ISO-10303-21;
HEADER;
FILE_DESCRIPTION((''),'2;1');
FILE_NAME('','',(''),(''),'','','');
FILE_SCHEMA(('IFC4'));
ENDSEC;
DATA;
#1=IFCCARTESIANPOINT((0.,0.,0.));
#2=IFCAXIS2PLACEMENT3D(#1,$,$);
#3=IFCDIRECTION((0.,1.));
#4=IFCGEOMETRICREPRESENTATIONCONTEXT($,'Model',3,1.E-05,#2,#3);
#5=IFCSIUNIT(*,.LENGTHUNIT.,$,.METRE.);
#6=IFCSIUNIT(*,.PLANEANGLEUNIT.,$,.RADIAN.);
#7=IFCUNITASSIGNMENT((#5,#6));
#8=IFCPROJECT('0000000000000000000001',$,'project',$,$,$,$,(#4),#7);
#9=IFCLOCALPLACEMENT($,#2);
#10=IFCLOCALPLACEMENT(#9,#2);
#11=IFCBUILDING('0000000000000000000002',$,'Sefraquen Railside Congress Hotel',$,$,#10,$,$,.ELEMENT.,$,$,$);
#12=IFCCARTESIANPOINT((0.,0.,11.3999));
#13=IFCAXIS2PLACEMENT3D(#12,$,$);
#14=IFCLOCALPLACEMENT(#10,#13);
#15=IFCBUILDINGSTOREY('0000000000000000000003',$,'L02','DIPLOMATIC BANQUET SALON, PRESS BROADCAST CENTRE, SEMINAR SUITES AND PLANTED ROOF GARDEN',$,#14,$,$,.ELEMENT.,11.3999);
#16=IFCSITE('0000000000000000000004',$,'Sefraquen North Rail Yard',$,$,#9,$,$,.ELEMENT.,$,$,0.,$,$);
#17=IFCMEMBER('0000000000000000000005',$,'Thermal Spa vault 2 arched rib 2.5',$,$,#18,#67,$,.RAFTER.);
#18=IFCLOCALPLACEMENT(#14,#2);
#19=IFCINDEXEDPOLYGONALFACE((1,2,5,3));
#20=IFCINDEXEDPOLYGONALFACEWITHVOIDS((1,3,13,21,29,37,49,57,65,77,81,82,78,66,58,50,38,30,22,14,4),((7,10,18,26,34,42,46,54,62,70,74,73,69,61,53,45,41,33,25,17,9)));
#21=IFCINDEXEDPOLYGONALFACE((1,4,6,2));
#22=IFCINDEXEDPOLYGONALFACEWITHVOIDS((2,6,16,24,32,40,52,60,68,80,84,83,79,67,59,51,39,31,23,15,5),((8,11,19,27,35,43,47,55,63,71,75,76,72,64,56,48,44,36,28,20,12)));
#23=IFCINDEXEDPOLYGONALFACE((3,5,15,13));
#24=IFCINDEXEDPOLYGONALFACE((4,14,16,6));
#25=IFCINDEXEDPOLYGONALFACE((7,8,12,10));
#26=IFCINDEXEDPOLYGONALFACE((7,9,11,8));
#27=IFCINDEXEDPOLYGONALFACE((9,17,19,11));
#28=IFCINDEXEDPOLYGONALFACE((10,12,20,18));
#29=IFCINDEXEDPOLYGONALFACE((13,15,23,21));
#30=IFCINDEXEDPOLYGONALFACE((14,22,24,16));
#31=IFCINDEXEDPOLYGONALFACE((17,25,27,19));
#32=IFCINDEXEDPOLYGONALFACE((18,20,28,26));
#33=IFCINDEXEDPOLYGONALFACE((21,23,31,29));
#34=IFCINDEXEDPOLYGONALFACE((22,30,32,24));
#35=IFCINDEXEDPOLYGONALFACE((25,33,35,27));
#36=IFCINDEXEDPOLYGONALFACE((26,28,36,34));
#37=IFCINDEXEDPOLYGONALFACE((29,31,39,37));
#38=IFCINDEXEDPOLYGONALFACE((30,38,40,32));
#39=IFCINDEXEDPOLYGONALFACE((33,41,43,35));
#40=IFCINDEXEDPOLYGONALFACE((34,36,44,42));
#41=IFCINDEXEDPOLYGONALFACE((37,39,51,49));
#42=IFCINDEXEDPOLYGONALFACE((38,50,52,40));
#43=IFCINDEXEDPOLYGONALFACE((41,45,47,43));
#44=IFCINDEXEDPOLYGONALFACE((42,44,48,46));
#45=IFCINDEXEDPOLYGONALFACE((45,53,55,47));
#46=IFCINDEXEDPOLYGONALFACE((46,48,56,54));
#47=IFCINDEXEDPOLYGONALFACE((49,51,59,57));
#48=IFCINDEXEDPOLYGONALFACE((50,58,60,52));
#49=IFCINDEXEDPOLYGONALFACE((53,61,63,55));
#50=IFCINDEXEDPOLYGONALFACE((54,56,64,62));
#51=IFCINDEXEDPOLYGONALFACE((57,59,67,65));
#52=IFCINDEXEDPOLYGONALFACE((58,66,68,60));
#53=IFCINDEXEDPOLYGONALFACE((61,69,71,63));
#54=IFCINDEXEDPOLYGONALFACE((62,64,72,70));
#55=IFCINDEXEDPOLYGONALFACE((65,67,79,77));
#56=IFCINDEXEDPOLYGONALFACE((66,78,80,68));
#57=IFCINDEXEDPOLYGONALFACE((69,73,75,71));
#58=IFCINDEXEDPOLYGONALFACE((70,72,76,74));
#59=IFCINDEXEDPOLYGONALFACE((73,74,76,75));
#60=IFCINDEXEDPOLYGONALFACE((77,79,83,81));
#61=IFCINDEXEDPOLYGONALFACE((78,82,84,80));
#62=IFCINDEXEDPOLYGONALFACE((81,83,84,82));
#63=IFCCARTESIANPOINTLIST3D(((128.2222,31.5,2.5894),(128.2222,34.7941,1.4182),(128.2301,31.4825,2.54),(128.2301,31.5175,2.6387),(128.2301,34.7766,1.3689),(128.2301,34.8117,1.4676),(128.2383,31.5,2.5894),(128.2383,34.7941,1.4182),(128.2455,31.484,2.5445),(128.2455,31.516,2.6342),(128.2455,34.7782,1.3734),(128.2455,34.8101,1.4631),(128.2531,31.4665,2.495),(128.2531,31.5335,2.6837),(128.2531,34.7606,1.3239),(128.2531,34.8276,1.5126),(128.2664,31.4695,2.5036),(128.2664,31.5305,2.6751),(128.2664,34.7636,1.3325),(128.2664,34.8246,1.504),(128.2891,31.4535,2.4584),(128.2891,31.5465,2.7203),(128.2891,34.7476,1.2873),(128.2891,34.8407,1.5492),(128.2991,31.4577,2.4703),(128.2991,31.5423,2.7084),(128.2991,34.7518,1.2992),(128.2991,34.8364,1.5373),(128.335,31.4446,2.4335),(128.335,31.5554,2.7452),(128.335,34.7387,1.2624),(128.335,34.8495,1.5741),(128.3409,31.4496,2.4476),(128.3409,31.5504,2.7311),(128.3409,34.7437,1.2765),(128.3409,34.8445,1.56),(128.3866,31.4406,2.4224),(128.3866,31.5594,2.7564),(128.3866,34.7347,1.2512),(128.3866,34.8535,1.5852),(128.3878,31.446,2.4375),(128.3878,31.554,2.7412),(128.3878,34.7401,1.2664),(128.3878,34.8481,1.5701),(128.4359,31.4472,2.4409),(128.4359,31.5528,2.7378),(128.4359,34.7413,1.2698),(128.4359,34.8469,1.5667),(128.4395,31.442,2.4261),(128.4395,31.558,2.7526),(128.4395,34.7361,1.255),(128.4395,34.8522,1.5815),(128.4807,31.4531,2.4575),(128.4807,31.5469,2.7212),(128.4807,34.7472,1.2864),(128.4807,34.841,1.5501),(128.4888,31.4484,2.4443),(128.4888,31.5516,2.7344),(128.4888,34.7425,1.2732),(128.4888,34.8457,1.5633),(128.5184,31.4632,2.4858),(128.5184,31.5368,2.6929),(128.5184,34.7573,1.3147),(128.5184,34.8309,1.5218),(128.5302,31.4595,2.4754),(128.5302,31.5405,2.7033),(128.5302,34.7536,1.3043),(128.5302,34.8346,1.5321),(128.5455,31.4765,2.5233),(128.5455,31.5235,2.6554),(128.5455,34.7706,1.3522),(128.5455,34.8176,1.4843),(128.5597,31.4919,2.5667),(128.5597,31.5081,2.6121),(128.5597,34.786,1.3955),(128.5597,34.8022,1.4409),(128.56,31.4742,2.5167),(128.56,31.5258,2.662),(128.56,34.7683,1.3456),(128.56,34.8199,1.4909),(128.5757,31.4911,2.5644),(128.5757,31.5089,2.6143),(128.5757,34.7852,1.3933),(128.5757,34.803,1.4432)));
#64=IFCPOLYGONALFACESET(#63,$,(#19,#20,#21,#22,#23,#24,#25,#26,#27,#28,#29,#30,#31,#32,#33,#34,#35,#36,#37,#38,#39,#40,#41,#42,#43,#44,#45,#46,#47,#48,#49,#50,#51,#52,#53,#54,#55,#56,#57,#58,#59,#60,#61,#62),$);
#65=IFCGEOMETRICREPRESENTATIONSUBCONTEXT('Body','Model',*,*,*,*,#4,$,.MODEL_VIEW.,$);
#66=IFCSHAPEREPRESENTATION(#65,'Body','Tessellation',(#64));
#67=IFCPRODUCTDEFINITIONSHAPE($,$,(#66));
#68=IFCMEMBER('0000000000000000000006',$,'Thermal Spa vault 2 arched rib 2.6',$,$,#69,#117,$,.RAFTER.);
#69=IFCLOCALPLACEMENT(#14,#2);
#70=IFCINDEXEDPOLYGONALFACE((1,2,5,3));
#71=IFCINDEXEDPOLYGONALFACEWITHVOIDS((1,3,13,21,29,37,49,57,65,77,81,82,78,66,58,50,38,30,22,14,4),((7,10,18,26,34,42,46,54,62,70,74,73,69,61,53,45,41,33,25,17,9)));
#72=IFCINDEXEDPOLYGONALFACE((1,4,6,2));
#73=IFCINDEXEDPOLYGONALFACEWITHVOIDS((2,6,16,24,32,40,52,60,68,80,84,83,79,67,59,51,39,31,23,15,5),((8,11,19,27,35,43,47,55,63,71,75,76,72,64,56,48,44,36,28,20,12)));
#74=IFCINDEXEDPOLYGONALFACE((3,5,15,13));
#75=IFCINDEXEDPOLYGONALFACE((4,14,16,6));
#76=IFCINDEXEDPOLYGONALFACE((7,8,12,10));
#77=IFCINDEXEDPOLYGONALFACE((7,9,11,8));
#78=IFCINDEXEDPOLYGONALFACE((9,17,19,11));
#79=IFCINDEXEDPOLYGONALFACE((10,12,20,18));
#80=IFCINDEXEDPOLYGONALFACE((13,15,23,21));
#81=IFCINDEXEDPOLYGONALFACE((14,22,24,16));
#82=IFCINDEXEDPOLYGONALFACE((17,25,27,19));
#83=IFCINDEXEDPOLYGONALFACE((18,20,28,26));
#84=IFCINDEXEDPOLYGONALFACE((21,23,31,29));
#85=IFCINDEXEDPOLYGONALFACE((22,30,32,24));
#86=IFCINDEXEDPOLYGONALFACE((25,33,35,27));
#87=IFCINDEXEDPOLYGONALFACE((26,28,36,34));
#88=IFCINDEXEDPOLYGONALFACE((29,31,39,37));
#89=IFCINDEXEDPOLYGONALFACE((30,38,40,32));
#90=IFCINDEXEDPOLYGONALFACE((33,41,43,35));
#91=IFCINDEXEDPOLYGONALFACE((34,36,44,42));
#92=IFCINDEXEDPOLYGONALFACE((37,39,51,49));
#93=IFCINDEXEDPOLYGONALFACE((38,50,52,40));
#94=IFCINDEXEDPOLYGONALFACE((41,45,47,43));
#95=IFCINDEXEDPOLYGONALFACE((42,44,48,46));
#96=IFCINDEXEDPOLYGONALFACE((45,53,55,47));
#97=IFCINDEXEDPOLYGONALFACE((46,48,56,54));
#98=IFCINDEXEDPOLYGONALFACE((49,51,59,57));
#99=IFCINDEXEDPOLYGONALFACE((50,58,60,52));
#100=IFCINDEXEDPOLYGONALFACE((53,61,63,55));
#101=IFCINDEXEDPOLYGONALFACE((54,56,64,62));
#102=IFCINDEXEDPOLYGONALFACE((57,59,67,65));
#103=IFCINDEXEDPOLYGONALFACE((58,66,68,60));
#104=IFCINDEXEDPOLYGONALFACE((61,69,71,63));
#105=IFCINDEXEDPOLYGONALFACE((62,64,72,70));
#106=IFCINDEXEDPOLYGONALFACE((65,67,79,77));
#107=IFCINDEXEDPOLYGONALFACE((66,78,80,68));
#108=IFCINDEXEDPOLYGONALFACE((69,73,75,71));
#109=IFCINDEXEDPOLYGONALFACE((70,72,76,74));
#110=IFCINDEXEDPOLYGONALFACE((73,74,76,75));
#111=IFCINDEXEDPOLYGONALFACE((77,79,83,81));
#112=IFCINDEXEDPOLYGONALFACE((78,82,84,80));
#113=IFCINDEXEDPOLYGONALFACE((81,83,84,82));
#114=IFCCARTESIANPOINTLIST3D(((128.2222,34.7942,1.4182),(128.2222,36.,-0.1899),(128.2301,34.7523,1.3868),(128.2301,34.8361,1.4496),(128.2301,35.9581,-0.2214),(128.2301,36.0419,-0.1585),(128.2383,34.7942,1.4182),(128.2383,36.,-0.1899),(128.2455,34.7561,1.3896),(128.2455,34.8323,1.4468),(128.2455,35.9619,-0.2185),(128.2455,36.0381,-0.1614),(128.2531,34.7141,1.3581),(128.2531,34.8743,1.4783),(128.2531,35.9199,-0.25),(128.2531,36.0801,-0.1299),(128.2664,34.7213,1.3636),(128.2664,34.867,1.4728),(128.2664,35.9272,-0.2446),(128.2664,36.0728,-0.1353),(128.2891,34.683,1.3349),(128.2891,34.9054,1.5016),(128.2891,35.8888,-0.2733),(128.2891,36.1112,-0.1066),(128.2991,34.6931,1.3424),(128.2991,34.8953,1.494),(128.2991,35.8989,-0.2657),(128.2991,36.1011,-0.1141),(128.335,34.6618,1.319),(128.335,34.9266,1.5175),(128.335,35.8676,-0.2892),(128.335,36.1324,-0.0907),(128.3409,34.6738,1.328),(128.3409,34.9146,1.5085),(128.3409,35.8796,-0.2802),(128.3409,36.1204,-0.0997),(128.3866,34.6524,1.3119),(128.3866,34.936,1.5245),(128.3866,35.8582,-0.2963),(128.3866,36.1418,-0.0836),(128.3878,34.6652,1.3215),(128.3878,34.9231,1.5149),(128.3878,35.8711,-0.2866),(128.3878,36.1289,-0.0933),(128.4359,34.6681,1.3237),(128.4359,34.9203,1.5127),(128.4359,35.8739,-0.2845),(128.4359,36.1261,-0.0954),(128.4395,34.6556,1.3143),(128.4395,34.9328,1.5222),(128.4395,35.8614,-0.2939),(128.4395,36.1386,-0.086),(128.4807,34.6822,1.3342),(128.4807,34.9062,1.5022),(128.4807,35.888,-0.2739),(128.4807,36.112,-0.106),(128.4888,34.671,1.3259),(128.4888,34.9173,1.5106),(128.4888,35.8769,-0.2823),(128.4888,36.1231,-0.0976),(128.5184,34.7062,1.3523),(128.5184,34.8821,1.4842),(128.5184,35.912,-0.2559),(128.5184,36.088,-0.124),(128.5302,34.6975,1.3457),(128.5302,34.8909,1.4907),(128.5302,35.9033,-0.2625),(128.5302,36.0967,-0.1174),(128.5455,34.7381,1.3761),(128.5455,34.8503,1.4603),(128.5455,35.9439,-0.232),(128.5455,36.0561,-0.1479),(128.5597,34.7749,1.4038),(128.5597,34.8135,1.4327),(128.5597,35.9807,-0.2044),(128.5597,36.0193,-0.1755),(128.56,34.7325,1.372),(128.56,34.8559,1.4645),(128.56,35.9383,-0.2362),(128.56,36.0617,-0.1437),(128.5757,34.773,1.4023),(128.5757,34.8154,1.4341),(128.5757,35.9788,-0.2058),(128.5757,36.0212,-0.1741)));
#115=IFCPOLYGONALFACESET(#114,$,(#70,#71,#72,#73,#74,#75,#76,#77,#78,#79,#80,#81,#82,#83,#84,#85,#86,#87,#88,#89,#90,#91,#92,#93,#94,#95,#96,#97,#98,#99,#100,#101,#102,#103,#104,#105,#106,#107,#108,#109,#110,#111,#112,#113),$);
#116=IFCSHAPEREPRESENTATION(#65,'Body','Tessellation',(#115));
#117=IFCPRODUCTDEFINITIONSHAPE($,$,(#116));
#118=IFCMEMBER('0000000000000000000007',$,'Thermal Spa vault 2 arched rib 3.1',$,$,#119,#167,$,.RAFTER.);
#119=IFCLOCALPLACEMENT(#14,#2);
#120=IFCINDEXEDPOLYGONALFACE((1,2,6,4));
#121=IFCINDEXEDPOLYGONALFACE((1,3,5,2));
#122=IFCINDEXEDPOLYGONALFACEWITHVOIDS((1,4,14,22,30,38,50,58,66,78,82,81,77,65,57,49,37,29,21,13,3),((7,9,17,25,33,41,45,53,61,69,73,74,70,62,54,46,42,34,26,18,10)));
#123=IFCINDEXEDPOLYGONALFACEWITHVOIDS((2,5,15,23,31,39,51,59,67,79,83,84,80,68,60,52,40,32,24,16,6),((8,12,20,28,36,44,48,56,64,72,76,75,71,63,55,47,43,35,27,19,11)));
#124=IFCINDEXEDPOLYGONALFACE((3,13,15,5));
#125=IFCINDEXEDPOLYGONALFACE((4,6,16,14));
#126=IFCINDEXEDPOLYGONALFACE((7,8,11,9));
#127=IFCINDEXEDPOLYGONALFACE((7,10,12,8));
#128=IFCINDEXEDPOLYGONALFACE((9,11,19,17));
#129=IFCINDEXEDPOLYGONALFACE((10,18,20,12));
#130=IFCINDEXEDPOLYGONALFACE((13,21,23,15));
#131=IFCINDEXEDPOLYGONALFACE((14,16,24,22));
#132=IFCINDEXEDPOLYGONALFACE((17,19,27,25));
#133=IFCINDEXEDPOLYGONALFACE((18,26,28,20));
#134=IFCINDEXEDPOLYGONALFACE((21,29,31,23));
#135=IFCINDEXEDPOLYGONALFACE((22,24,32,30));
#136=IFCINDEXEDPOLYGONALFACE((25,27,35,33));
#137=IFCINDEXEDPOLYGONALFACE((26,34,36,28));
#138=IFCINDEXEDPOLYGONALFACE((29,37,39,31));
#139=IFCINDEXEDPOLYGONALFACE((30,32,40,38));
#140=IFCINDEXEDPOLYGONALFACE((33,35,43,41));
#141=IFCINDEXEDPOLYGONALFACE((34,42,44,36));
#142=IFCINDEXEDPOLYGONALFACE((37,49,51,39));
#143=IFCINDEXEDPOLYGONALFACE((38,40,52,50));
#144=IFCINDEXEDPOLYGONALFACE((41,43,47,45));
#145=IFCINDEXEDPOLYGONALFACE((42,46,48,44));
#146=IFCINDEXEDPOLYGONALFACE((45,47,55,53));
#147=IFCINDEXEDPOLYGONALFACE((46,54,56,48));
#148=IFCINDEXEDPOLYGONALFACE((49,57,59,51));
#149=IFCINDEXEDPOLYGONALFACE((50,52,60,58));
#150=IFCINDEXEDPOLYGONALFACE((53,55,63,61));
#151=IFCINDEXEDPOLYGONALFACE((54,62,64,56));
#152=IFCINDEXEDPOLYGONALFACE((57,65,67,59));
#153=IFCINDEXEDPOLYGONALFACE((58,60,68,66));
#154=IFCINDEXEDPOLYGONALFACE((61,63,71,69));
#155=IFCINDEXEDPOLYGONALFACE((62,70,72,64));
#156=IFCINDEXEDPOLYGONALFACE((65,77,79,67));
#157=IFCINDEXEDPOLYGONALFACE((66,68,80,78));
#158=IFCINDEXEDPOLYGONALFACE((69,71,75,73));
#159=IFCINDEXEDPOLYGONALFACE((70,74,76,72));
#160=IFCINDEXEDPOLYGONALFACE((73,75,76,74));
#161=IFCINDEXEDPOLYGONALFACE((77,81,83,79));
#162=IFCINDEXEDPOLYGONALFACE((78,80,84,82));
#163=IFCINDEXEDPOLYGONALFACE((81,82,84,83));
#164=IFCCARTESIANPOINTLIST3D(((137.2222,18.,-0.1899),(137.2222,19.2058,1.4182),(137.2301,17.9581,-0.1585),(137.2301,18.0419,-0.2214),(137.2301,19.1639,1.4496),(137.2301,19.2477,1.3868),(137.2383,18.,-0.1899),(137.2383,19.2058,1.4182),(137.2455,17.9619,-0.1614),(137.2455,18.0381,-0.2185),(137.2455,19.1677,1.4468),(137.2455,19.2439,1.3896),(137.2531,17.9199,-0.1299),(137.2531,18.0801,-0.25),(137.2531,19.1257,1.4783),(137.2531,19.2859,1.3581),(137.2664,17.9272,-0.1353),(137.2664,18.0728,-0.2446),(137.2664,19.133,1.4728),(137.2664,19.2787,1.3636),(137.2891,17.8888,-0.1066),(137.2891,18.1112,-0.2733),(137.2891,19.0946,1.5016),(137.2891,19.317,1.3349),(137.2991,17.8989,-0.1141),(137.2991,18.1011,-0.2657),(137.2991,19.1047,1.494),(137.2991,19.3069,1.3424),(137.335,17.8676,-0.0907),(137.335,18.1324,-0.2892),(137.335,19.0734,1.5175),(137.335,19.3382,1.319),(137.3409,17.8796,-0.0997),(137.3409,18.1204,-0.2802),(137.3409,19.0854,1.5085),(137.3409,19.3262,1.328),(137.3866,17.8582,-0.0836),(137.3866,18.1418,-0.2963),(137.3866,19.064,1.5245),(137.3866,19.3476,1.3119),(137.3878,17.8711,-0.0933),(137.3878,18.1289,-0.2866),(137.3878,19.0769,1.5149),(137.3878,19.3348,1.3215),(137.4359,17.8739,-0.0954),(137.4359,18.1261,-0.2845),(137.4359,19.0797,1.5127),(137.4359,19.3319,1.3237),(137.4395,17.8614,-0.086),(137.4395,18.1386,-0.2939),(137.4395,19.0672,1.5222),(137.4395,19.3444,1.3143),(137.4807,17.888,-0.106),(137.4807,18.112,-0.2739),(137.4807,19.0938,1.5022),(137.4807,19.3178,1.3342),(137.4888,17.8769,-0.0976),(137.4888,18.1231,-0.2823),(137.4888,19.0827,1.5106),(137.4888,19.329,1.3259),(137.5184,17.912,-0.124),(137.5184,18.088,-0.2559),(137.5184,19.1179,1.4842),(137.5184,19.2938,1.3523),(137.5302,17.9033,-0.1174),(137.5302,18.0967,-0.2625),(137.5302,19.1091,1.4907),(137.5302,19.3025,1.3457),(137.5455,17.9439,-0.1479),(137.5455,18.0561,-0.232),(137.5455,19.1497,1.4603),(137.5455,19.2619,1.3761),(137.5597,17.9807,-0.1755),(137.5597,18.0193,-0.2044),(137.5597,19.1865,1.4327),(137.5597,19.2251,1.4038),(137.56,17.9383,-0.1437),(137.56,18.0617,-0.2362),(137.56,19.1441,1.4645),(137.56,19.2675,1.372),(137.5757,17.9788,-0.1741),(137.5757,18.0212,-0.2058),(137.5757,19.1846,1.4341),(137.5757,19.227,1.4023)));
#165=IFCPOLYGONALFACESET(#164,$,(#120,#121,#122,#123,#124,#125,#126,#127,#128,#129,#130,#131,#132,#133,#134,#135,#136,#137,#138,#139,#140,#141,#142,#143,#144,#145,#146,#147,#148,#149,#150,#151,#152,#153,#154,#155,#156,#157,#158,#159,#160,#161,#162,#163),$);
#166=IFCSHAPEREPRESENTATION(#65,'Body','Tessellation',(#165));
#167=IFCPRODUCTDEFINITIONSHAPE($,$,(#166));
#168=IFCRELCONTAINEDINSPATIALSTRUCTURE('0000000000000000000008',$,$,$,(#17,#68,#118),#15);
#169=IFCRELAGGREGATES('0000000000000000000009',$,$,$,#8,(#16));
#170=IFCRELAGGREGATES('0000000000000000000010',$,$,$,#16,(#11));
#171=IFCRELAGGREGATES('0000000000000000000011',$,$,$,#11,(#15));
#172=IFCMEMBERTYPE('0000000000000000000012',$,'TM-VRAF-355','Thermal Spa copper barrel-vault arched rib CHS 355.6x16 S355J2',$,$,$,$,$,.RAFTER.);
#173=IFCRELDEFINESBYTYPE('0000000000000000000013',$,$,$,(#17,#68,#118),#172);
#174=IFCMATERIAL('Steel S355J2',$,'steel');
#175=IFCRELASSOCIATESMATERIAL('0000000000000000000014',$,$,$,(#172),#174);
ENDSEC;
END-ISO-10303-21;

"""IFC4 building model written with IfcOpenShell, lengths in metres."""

from ifc_helpers import new_model, si_unit, direction, frame, origin, origin_2d, place, context, subcontext, project, spatial, hollow_circle, extrude, material, material_profile, profile_set, type_object, element, save


model = new_model("IFC4")

# Units and contexts
model_context = context("Model", 3, precision=1e-05, world=origin(), true_north=direction((0.0, 1.0)))
body_context = subcontext(model_context, "Body", "Model", "MODEL_VIEW")
ifc_project = project(units=[si_unit("LENGTHUNIT", "METRE"), si_unit("PLANEANGLEUNIT", "RADIAN")], contexts=[model_context])

# Site, building, storey
site_placement = place(None, origin())
site = spatial("IfcSite", under=ifc_project, at=site_placement, Name="Sefraquen North Rail Yard", CompositionType="ELEMENT", RefElevation=0.0)
building_placement = place(site_placement, origin())
building = spatial("IfcBuilding", under=site, at=building_placement, Name="Sefraquen Railside Congress Hotel", CompositionType="ELEMENT")
storey_placement = place(building_placement, frame((0.0, 0.0, 11.3999)))
storey = spatial("IfcBuildingStorey", under=building, at=storey_placement, Name="L02", Description="DIPLOMATIC BANQUET SALON, PRESS BROADCAST CENTRE, SEMINAR SUITES AND PLANTED ROOF GARDEN", CompositionType="ELEMENT", Elevation=11.3999)

# Members
ifc_material_1 = material(Name="Steel S355J2", Category="steel")
ifc_material_profile_1 = material_profile(ifc_material_1, hollow_circle(Radius=0.1777, WallThickness=0.0161, at=origin_2d()), Name="CHS 355.6x16")
ifc_profile_set_1 = profile_set([ifc_material_profile_1], Name="Steel S355J2")
member_type = type_object("IfcMemberType", Name="TM-VRAF-355", Description="Thermal Spa copper barrel-vault arched rib CHS 355.6x16 S355J2", PredefinedType="RAFTER", material=ifc_profile_set_1)
member_1_placement = place(storey_placement, frame((128.3999, 31.5, 2.5894), z_axis=(0.0, 0.942226, -0.334978), x_axis=(-1.0, 0.0, 0.0)))
element("IfcMember", 1, at=member_1_placement, inside=storey, type_object=member_type, Name="Thermal Spa vault 2 arched rib 2.5", PredefinedType="RAFTER", context=body_context, shape_type="SweptSolid", body=[
    extrude(hollow_circle(Radius=0.1777, WallThickness=0.0161, at=origin_2d()), origin(), (0.0, 0.0, 1.0), 3.4961),
])
for number, where, z_axis, x_axis, name in (
    (2, (128.3999, 34.7942, 1.4182), (0.0, 0.599903, -0.800073), (-1.0, 0.0, 0.0), "Thermal Spa vault 2 arched rib 2.6"),
    (3, (137.3999, 18.0, -0.1899), (0.0, 0.599903, 0.800073), (-1.0, 0.0, 0.0), "Thermal Spa vault 2 arched rib 3.1"),
):
    element("IfcMember", number, at=place(storey_placement, frame(where, z_axis=z_axis, x_axis=x_axis)), inside=storey, type_object=member_type, Name=name, PredefinedType="RAFTER", context=body_context, shape_type="SweptSolid", body=[
        extrude(hollow_circle(Radius=0.1777, WallThickness=0.0161, at=origin_2d()), origin(), (0.0, 0.0, 1.0), 2.01),
    ])

save(model, "model.ifc")
